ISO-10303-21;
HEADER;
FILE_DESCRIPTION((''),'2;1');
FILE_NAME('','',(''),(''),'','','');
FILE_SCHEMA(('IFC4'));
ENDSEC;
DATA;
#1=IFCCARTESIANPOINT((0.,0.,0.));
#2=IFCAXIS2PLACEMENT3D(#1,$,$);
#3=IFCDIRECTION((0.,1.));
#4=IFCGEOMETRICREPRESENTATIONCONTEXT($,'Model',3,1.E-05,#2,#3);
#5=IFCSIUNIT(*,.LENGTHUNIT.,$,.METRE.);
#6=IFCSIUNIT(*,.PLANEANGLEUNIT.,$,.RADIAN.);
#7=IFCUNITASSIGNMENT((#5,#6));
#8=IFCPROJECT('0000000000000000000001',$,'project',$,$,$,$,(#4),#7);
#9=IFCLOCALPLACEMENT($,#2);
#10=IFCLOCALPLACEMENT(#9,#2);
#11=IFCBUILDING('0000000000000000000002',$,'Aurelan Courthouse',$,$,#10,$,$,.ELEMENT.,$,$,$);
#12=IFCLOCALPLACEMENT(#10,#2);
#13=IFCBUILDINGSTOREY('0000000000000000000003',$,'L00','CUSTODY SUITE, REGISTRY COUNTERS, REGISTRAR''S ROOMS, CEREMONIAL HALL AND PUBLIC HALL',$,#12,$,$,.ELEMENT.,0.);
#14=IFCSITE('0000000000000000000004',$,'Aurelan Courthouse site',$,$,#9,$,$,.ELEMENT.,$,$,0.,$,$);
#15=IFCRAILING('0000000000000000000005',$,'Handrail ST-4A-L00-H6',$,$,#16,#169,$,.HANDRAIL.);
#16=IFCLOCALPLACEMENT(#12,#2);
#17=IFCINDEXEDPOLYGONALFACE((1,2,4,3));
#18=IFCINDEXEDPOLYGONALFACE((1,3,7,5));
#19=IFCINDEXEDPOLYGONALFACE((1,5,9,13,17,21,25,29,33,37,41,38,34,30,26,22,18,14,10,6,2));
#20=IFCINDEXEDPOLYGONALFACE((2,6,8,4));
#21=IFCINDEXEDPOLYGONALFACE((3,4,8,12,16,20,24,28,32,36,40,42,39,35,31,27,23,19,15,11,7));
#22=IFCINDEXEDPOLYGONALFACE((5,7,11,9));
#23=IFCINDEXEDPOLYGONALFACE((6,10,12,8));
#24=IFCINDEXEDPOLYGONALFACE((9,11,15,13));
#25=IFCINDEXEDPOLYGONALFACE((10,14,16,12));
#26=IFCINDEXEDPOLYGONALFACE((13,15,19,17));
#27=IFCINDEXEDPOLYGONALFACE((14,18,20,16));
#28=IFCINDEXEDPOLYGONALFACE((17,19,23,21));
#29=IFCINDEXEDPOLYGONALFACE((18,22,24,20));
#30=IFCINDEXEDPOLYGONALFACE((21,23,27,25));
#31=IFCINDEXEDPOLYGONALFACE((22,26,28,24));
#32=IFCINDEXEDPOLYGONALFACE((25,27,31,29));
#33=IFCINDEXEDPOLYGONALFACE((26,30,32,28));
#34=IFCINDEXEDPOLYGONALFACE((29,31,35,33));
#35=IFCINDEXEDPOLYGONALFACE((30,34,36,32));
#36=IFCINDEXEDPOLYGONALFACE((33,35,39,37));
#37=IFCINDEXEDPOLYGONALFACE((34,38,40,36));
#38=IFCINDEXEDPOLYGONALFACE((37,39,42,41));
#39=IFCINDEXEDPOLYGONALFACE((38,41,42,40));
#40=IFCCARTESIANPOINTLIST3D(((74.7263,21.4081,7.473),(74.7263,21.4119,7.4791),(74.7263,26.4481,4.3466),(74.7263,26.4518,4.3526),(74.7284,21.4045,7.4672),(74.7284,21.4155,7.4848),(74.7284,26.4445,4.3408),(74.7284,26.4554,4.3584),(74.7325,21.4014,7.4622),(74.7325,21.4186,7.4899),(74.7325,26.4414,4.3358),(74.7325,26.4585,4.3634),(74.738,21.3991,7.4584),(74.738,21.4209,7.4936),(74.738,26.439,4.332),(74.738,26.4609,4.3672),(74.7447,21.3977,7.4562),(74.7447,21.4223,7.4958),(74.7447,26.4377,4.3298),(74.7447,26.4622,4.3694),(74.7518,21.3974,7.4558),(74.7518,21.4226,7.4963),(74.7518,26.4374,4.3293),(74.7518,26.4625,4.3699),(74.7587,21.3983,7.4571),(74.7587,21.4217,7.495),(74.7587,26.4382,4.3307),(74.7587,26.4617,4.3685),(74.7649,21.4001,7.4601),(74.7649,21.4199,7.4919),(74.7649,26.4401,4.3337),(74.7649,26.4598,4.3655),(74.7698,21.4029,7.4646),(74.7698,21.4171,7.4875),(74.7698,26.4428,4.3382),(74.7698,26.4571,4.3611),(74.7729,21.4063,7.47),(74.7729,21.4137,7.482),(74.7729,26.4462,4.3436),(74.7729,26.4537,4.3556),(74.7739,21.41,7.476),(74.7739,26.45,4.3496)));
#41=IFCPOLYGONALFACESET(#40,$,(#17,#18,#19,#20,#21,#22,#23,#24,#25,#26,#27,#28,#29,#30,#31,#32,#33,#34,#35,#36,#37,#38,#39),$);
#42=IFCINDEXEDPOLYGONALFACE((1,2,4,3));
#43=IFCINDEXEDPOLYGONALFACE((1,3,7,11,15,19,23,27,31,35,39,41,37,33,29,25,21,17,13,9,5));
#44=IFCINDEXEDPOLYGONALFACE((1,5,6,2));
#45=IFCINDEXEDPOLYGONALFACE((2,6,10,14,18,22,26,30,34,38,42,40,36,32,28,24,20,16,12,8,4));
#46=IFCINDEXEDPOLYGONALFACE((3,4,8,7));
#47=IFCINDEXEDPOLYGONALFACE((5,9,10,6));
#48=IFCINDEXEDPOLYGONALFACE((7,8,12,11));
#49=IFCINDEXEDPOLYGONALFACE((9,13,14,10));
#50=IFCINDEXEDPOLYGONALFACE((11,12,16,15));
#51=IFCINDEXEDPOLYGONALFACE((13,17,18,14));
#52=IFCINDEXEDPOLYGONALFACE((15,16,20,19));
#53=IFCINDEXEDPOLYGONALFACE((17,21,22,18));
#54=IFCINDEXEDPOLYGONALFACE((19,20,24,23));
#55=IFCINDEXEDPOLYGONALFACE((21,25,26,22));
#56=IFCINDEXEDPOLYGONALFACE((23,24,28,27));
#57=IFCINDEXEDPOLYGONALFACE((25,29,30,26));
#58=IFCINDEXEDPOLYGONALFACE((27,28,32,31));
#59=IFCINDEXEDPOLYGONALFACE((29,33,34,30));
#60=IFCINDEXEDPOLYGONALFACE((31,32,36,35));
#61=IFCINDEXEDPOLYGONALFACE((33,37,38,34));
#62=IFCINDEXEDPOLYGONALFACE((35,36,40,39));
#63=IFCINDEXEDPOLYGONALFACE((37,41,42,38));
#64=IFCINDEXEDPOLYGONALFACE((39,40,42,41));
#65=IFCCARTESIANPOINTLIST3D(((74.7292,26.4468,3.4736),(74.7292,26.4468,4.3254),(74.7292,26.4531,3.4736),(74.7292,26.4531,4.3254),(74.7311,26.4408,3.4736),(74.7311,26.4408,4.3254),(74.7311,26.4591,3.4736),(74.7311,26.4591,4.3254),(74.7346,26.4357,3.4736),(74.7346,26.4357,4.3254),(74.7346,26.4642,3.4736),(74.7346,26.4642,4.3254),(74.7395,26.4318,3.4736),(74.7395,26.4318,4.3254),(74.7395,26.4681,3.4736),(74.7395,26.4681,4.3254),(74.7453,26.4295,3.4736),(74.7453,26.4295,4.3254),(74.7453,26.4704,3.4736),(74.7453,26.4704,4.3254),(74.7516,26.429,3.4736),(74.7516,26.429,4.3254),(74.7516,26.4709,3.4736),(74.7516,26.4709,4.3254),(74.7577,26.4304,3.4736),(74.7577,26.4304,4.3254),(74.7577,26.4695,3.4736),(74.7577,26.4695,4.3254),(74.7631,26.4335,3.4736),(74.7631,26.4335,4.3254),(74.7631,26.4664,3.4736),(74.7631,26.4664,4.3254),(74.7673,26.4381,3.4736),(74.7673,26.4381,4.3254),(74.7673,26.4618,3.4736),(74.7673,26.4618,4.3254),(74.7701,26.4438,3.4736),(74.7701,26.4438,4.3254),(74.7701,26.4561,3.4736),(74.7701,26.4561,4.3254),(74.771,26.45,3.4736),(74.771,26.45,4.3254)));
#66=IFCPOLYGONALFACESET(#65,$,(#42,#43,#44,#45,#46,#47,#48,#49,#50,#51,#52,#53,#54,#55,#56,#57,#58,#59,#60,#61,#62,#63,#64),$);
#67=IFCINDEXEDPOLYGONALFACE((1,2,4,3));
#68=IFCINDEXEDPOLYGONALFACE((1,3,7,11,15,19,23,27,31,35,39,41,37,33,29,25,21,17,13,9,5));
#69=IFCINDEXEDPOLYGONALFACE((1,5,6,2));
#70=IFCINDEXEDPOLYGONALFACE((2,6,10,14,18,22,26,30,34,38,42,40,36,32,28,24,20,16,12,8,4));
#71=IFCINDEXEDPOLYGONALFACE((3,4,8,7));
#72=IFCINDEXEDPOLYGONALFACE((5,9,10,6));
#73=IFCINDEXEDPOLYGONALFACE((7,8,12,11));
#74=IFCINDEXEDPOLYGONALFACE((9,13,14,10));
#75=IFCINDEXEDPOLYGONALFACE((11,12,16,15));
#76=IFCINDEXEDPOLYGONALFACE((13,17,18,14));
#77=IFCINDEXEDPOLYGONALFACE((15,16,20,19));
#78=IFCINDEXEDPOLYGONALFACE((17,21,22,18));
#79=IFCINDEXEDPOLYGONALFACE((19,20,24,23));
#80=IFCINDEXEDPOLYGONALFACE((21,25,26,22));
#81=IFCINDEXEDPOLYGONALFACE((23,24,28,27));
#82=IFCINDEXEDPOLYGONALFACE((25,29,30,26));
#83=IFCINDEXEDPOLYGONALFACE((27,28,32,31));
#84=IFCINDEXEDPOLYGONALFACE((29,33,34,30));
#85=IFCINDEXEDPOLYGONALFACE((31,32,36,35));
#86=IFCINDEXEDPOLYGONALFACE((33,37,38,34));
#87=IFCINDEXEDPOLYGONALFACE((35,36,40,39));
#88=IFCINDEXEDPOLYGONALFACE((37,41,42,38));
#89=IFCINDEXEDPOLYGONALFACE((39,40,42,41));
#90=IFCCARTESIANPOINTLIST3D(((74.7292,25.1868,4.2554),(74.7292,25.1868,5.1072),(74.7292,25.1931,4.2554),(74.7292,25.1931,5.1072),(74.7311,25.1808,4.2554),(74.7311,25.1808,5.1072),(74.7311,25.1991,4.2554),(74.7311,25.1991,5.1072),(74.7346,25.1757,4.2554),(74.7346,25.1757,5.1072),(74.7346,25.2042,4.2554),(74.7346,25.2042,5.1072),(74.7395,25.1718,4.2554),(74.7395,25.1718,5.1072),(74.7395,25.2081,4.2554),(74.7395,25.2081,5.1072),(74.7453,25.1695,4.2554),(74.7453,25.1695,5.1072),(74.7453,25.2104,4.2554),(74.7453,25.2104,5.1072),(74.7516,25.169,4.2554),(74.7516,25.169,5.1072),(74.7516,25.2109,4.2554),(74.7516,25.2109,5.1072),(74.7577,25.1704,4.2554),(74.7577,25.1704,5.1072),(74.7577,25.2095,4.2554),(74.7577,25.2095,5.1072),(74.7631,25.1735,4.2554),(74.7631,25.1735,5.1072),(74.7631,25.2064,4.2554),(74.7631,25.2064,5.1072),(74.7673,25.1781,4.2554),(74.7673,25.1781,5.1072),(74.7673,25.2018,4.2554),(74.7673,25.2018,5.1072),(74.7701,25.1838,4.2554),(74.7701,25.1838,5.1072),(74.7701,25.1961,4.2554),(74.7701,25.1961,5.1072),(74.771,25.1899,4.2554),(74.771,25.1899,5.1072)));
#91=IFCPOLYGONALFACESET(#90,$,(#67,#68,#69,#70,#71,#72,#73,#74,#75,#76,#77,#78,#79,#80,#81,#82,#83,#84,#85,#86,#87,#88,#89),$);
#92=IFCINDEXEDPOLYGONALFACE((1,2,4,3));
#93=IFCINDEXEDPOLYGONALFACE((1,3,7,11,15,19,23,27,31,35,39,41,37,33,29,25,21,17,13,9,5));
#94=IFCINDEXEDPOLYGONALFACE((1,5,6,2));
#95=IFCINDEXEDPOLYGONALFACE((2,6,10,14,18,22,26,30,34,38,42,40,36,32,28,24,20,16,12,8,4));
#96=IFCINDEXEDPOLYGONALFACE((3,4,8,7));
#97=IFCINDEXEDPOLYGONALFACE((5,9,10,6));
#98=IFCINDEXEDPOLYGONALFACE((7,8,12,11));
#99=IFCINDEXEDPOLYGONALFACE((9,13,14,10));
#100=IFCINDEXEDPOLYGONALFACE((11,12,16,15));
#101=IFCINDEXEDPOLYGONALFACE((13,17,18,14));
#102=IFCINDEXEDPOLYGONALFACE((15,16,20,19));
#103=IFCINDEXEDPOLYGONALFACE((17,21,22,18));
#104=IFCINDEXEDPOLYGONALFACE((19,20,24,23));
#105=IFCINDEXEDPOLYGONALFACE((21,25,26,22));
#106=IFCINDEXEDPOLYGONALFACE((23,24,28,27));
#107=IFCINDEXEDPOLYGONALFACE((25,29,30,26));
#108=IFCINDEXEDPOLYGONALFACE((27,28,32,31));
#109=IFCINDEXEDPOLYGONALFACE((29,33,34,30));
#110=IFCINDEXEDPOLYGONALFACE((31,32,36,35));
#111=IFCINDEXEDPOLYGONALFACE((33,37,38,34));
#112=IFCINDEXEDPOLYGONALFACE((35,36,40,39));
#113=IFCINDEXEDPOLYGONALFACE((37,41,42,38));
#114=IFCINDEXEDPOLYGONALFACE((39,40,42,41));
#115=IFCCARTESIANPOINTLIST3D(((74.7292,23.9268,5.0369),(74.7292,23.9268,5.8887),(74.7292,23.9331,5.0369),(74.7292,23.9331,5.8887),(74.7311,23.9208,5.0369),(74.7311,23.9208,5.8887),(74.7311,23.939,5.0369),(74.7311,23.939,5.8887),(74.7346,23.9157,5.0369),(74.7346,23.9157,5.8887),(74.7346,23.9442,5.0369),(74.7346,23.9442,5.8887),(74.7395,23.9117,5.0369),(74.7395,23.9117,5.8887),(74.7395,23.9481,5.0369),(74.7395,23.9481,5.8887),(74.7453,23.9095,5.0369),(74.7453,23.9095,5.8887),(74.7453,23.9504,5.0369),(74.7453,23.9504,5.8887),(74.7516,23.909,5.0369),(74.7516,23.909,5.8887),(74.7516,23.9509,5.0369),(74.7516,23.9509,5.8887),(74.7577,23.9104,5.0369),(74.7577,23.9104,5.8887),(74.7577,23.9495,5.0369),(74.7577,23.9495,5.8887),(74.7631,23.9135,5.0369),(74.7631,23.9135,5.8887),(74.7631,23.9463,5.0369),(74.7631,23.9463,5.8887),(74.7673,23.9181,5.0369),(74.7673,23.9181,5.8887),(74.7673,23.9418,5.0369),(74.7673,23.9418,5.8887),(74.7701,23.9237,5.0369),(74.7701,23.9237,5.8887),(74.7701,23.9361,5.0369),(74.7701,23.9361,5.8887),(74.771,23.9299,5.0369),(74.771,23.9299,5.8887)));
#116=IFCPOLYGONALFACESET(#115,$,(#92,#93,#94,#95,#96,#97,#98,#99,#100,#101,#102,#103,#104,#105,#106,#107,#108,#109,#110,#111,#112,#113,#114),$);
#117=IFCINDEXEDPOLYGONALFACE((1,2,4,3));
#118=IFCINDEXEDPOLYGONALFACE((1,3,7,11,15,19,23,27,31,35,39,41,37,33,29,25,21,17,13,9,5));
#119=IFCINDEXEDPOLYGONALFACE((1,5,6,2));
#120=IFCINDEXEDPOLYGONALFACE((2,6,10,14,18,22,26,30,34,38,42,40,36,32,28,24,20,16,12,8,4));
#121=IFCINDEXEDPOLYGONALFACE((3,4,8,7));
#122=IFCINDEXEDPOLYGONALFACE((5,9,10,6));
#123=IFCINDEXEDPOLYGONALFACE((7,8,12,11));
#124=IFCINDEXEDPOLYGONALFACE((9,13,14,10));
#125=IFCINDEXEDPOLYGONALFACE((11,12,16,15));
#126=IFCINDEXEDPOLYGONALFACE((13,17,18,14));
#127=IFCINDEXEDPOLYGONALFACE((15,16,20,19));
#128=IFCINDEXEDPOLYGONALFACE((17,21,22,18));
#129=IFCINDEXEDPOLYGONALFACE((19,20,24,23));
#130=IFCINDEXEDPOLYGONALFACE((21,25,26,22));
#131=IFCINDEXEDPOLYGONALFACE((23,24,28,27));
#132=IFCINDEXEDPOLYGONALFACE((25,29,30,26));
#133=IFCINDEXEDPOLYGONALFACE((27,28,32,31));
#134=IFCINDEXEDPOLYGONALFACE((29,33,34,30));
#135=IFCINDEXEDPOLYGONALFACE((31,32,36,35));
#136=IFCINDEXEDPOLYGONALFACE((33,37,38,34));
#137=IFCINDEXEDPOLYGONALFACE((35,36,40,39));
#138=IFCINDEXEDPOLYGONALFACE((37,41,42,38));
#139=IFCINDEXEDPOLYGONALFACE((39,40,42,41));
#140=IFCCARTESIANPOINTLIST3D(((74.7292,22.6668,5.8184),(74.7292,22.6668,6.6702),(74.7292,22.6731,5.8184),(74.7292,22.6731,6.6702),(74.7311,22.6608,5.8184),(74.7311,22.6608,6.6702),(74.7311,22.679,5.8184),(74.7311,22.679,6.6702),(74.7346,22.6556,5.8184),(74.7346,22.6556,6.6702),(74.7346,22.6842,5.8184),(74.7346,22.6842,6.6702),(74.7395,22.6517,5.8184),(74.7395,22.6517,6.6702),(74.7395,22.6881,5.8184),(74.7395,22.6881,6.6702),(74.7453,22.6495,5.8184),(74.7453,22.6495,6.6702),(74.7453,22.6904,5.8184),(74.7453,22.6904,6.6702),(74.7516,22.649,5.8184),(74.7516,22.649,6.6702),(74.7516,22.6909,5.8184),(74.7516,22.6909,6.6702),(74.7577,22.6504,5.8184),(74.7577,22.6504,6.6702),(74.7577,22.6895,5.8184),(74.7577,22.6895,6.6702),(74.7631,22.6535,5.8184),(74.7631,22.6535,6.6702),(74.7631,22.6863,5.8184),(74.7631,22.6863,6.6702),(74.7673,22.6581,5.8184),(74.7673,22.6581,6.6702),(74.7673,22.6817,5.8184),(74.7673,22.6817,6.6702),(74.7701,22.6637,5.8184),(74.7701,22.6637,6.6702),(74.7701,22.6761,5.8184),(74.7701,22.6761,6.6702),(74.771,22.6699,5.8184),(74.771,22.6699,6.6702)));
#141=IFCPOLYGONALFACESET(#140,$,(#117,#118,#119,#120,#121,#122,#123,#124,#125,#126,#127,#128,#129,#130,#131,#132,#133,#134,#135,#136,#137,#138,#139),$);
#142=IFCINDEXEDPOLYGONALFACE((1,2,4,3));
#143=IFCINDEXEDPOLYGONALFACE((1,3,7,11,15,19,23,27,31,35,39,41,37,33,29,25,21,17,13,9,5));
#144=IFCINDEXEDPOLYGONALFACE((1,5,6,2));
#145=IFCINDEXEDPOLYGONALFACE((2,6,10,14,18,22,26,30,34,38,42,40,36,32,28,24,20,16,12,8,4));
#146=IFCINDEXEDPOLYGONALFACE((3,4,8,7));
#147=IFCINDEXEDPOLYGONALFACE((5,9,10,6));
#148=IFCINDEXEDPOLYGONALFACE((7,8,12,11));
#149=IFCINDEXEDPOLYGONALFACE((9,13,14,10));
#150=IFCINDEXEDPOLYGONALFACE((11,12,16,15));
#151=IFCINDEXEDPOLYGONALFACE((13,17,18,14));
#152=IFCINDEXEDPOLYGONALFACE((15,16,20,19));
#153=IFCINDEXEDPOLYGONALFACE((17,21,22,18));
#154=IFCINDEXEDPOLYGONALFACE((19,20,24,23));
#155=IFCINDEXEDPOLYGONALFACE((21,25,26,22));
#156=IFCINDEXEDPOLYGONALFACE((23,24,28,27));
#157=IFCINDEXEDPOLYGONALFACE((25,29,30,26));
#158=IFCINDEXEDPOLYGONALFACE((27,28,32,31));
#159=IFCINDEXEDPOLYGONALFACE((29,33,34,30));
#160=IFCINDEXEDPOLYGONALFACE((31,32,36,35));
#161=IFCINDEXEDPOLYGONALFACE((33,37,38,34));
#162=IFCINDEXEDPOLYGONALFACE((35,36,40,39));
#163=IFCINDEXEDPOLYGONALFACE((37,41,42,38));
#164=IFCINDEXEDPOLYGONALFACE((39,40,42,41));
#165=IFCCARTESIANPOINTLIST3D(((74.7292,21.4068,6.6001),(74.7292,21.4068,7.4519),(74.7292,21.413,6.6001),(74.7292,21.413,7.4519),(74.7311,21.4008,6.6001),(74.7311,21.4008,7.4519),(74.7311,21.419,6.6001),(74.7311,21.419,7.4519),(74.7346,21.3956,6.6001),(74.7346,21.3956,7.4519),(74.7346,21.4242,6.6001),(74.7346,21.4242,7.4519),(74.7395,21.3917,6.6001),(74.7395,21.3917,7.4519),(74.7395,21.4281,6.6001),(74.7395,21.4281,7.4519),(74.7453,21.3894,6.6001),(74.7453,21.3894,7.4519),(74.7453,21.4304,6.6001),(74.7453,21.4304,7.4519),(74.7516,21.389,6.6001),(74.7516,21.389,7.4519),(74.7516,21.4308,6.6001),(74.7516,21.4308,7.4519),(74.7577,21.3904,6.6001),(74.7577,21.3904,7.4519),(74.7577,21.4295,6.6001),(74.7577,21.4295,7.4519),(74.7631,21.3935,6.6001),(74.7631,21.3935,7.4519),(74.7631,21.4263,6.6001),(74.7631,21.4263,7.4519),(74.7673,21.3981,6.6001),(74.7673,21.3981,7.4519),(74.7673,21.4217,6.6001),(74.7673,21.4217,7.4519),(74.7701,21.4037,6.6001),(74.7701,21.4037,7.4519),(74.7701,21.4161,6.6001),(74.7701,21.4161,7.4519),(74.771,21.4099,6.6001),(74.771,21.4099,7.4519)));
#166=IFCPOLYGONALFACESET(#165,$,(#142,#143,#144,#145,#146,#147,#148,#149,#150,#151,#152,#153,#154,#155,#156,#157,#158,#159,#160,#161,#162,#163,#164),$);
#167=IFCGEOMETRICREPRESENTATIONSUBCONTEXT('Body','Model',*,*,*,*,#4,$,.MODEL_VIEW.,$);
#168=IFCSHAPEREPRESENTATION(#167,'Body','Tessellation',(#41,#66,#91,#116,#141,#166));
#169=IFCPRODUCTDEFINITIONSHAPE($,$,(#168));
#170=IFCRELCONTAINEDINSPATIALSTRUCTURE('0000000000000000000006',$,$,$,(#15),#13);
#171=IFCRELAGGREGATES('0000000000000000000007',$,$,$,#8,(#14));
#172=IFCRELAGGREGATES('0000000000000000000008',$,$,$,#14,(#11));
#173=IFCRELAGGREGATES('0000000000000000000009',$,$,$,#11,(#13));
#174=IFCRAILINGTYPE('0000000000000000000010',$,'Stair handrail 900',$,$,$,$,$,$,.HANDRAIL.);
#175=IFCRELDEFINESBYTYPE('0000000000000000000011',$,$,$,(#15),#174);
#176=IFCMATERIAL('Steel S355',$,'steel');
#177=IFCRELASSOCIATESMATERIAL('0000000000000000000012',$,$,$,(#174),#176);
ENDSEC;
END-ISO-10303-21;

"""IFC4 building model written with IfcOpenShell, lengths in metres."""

from ifc_helpers import new_model, si_unit, direction, frame, origin, origin_2d, place, context, subcontext, project, spatial, circle, extrude, material, type_object, element, save


model = new_model("IFC4")

# Units and contexts
model_context = context("Model", 3, precision=1e-05, world=origin(), true_north=direction((0.0, 1.0)))
body_context = subcontext(model_context, "Body", "Model", "MODEL_VIEW")
ifc_project = project(units=[si_unit("LENGTHUNIT", "METRE"), si_unit("PLANEANGLEUNIT", "RADIAN")], contexts=[model_context])

# Site, building, storey
site_placement = place(None, origin())
site = spatial("IfcSite", under=ifc_project, at=site_placement, Name="Aurelan Courthouse site", CompositionType="ELEMENT", RefElevation=0.0)
building_placement = place(site_placement, origin())
building = spatial("IfcBuilding", under=site, at=building_placement, Name="Aurelan Courthouse", CompositionType="ELEMENT")
storey_placement = place(building_placement, origin())
storey = spatial("IfcBuildingStorey", under=building, at=storey_placement, Name="L00", Description="CUSTODY SUITE, REGISTRY COUNTERS, REGISTRAR'S ROOMS, CEREMONIAL HALL AND PUBLIC HALL", CompositionType="ELEMENT", Elevation=0.0)

# Railing
ifc_material_1 = material(Name="Steel S355", Category="steel")
railing_type = type_object("IfcRailingType", Name="Stair handrail 900", PredefinedType="HANDRAIL", material=ifc_material_1)
for number, where, name in (
    (1, (74.75, 26.45, 3.4736), "Handrail ST-4A-L00-H6"),
):
    element("IfcRailing", number, at=place(storey_placement, frame(where)), inside=storey, type_object=railing_type, Name=name, PredefinedType="HANDRAIL", context=body_context, shape_type="SweptSolid", body=[
        extrude(circle(Radius=0.0239, at=origin_2d()), frame((0.0, 0.0, 0.876), z_axis=(0.0, -0.849779, 0.527139), x_axis=(1.0, 0.0, 0.0)), (0.0, 0.0, 1.0), 5.9309),
        extrude(circle(Radius=0.021, at=origin_2d()), origin(), (0.0, 0.0, 1.0), 0.8518),
        extrude(circle(Radius=0.021, at=origin_2d()), frame((0.0, -1.26, 0.7817)), (0.0, 0.0, 1.0), 0.8518),
        extrude(circle(Radius=0.021, at=origin_2d()), frame((0.0, -2.52, 1.5632)), (0.0, 0.0, 1.0), 0.8518),
        extrude(circle(Radius=0.021, at=origin_2d()), frame((0.0, -3.78, 2.3447)), (0.0, 0.0, 1.0), 0.8518),
        extrude(circle(Radius=0.021, at=origin_2d()), frame((0.0, -5.04, 3.1265)), (0.0, 0.0, 1.0), 0.8518),
    ])

save(model, "model.ifc")
